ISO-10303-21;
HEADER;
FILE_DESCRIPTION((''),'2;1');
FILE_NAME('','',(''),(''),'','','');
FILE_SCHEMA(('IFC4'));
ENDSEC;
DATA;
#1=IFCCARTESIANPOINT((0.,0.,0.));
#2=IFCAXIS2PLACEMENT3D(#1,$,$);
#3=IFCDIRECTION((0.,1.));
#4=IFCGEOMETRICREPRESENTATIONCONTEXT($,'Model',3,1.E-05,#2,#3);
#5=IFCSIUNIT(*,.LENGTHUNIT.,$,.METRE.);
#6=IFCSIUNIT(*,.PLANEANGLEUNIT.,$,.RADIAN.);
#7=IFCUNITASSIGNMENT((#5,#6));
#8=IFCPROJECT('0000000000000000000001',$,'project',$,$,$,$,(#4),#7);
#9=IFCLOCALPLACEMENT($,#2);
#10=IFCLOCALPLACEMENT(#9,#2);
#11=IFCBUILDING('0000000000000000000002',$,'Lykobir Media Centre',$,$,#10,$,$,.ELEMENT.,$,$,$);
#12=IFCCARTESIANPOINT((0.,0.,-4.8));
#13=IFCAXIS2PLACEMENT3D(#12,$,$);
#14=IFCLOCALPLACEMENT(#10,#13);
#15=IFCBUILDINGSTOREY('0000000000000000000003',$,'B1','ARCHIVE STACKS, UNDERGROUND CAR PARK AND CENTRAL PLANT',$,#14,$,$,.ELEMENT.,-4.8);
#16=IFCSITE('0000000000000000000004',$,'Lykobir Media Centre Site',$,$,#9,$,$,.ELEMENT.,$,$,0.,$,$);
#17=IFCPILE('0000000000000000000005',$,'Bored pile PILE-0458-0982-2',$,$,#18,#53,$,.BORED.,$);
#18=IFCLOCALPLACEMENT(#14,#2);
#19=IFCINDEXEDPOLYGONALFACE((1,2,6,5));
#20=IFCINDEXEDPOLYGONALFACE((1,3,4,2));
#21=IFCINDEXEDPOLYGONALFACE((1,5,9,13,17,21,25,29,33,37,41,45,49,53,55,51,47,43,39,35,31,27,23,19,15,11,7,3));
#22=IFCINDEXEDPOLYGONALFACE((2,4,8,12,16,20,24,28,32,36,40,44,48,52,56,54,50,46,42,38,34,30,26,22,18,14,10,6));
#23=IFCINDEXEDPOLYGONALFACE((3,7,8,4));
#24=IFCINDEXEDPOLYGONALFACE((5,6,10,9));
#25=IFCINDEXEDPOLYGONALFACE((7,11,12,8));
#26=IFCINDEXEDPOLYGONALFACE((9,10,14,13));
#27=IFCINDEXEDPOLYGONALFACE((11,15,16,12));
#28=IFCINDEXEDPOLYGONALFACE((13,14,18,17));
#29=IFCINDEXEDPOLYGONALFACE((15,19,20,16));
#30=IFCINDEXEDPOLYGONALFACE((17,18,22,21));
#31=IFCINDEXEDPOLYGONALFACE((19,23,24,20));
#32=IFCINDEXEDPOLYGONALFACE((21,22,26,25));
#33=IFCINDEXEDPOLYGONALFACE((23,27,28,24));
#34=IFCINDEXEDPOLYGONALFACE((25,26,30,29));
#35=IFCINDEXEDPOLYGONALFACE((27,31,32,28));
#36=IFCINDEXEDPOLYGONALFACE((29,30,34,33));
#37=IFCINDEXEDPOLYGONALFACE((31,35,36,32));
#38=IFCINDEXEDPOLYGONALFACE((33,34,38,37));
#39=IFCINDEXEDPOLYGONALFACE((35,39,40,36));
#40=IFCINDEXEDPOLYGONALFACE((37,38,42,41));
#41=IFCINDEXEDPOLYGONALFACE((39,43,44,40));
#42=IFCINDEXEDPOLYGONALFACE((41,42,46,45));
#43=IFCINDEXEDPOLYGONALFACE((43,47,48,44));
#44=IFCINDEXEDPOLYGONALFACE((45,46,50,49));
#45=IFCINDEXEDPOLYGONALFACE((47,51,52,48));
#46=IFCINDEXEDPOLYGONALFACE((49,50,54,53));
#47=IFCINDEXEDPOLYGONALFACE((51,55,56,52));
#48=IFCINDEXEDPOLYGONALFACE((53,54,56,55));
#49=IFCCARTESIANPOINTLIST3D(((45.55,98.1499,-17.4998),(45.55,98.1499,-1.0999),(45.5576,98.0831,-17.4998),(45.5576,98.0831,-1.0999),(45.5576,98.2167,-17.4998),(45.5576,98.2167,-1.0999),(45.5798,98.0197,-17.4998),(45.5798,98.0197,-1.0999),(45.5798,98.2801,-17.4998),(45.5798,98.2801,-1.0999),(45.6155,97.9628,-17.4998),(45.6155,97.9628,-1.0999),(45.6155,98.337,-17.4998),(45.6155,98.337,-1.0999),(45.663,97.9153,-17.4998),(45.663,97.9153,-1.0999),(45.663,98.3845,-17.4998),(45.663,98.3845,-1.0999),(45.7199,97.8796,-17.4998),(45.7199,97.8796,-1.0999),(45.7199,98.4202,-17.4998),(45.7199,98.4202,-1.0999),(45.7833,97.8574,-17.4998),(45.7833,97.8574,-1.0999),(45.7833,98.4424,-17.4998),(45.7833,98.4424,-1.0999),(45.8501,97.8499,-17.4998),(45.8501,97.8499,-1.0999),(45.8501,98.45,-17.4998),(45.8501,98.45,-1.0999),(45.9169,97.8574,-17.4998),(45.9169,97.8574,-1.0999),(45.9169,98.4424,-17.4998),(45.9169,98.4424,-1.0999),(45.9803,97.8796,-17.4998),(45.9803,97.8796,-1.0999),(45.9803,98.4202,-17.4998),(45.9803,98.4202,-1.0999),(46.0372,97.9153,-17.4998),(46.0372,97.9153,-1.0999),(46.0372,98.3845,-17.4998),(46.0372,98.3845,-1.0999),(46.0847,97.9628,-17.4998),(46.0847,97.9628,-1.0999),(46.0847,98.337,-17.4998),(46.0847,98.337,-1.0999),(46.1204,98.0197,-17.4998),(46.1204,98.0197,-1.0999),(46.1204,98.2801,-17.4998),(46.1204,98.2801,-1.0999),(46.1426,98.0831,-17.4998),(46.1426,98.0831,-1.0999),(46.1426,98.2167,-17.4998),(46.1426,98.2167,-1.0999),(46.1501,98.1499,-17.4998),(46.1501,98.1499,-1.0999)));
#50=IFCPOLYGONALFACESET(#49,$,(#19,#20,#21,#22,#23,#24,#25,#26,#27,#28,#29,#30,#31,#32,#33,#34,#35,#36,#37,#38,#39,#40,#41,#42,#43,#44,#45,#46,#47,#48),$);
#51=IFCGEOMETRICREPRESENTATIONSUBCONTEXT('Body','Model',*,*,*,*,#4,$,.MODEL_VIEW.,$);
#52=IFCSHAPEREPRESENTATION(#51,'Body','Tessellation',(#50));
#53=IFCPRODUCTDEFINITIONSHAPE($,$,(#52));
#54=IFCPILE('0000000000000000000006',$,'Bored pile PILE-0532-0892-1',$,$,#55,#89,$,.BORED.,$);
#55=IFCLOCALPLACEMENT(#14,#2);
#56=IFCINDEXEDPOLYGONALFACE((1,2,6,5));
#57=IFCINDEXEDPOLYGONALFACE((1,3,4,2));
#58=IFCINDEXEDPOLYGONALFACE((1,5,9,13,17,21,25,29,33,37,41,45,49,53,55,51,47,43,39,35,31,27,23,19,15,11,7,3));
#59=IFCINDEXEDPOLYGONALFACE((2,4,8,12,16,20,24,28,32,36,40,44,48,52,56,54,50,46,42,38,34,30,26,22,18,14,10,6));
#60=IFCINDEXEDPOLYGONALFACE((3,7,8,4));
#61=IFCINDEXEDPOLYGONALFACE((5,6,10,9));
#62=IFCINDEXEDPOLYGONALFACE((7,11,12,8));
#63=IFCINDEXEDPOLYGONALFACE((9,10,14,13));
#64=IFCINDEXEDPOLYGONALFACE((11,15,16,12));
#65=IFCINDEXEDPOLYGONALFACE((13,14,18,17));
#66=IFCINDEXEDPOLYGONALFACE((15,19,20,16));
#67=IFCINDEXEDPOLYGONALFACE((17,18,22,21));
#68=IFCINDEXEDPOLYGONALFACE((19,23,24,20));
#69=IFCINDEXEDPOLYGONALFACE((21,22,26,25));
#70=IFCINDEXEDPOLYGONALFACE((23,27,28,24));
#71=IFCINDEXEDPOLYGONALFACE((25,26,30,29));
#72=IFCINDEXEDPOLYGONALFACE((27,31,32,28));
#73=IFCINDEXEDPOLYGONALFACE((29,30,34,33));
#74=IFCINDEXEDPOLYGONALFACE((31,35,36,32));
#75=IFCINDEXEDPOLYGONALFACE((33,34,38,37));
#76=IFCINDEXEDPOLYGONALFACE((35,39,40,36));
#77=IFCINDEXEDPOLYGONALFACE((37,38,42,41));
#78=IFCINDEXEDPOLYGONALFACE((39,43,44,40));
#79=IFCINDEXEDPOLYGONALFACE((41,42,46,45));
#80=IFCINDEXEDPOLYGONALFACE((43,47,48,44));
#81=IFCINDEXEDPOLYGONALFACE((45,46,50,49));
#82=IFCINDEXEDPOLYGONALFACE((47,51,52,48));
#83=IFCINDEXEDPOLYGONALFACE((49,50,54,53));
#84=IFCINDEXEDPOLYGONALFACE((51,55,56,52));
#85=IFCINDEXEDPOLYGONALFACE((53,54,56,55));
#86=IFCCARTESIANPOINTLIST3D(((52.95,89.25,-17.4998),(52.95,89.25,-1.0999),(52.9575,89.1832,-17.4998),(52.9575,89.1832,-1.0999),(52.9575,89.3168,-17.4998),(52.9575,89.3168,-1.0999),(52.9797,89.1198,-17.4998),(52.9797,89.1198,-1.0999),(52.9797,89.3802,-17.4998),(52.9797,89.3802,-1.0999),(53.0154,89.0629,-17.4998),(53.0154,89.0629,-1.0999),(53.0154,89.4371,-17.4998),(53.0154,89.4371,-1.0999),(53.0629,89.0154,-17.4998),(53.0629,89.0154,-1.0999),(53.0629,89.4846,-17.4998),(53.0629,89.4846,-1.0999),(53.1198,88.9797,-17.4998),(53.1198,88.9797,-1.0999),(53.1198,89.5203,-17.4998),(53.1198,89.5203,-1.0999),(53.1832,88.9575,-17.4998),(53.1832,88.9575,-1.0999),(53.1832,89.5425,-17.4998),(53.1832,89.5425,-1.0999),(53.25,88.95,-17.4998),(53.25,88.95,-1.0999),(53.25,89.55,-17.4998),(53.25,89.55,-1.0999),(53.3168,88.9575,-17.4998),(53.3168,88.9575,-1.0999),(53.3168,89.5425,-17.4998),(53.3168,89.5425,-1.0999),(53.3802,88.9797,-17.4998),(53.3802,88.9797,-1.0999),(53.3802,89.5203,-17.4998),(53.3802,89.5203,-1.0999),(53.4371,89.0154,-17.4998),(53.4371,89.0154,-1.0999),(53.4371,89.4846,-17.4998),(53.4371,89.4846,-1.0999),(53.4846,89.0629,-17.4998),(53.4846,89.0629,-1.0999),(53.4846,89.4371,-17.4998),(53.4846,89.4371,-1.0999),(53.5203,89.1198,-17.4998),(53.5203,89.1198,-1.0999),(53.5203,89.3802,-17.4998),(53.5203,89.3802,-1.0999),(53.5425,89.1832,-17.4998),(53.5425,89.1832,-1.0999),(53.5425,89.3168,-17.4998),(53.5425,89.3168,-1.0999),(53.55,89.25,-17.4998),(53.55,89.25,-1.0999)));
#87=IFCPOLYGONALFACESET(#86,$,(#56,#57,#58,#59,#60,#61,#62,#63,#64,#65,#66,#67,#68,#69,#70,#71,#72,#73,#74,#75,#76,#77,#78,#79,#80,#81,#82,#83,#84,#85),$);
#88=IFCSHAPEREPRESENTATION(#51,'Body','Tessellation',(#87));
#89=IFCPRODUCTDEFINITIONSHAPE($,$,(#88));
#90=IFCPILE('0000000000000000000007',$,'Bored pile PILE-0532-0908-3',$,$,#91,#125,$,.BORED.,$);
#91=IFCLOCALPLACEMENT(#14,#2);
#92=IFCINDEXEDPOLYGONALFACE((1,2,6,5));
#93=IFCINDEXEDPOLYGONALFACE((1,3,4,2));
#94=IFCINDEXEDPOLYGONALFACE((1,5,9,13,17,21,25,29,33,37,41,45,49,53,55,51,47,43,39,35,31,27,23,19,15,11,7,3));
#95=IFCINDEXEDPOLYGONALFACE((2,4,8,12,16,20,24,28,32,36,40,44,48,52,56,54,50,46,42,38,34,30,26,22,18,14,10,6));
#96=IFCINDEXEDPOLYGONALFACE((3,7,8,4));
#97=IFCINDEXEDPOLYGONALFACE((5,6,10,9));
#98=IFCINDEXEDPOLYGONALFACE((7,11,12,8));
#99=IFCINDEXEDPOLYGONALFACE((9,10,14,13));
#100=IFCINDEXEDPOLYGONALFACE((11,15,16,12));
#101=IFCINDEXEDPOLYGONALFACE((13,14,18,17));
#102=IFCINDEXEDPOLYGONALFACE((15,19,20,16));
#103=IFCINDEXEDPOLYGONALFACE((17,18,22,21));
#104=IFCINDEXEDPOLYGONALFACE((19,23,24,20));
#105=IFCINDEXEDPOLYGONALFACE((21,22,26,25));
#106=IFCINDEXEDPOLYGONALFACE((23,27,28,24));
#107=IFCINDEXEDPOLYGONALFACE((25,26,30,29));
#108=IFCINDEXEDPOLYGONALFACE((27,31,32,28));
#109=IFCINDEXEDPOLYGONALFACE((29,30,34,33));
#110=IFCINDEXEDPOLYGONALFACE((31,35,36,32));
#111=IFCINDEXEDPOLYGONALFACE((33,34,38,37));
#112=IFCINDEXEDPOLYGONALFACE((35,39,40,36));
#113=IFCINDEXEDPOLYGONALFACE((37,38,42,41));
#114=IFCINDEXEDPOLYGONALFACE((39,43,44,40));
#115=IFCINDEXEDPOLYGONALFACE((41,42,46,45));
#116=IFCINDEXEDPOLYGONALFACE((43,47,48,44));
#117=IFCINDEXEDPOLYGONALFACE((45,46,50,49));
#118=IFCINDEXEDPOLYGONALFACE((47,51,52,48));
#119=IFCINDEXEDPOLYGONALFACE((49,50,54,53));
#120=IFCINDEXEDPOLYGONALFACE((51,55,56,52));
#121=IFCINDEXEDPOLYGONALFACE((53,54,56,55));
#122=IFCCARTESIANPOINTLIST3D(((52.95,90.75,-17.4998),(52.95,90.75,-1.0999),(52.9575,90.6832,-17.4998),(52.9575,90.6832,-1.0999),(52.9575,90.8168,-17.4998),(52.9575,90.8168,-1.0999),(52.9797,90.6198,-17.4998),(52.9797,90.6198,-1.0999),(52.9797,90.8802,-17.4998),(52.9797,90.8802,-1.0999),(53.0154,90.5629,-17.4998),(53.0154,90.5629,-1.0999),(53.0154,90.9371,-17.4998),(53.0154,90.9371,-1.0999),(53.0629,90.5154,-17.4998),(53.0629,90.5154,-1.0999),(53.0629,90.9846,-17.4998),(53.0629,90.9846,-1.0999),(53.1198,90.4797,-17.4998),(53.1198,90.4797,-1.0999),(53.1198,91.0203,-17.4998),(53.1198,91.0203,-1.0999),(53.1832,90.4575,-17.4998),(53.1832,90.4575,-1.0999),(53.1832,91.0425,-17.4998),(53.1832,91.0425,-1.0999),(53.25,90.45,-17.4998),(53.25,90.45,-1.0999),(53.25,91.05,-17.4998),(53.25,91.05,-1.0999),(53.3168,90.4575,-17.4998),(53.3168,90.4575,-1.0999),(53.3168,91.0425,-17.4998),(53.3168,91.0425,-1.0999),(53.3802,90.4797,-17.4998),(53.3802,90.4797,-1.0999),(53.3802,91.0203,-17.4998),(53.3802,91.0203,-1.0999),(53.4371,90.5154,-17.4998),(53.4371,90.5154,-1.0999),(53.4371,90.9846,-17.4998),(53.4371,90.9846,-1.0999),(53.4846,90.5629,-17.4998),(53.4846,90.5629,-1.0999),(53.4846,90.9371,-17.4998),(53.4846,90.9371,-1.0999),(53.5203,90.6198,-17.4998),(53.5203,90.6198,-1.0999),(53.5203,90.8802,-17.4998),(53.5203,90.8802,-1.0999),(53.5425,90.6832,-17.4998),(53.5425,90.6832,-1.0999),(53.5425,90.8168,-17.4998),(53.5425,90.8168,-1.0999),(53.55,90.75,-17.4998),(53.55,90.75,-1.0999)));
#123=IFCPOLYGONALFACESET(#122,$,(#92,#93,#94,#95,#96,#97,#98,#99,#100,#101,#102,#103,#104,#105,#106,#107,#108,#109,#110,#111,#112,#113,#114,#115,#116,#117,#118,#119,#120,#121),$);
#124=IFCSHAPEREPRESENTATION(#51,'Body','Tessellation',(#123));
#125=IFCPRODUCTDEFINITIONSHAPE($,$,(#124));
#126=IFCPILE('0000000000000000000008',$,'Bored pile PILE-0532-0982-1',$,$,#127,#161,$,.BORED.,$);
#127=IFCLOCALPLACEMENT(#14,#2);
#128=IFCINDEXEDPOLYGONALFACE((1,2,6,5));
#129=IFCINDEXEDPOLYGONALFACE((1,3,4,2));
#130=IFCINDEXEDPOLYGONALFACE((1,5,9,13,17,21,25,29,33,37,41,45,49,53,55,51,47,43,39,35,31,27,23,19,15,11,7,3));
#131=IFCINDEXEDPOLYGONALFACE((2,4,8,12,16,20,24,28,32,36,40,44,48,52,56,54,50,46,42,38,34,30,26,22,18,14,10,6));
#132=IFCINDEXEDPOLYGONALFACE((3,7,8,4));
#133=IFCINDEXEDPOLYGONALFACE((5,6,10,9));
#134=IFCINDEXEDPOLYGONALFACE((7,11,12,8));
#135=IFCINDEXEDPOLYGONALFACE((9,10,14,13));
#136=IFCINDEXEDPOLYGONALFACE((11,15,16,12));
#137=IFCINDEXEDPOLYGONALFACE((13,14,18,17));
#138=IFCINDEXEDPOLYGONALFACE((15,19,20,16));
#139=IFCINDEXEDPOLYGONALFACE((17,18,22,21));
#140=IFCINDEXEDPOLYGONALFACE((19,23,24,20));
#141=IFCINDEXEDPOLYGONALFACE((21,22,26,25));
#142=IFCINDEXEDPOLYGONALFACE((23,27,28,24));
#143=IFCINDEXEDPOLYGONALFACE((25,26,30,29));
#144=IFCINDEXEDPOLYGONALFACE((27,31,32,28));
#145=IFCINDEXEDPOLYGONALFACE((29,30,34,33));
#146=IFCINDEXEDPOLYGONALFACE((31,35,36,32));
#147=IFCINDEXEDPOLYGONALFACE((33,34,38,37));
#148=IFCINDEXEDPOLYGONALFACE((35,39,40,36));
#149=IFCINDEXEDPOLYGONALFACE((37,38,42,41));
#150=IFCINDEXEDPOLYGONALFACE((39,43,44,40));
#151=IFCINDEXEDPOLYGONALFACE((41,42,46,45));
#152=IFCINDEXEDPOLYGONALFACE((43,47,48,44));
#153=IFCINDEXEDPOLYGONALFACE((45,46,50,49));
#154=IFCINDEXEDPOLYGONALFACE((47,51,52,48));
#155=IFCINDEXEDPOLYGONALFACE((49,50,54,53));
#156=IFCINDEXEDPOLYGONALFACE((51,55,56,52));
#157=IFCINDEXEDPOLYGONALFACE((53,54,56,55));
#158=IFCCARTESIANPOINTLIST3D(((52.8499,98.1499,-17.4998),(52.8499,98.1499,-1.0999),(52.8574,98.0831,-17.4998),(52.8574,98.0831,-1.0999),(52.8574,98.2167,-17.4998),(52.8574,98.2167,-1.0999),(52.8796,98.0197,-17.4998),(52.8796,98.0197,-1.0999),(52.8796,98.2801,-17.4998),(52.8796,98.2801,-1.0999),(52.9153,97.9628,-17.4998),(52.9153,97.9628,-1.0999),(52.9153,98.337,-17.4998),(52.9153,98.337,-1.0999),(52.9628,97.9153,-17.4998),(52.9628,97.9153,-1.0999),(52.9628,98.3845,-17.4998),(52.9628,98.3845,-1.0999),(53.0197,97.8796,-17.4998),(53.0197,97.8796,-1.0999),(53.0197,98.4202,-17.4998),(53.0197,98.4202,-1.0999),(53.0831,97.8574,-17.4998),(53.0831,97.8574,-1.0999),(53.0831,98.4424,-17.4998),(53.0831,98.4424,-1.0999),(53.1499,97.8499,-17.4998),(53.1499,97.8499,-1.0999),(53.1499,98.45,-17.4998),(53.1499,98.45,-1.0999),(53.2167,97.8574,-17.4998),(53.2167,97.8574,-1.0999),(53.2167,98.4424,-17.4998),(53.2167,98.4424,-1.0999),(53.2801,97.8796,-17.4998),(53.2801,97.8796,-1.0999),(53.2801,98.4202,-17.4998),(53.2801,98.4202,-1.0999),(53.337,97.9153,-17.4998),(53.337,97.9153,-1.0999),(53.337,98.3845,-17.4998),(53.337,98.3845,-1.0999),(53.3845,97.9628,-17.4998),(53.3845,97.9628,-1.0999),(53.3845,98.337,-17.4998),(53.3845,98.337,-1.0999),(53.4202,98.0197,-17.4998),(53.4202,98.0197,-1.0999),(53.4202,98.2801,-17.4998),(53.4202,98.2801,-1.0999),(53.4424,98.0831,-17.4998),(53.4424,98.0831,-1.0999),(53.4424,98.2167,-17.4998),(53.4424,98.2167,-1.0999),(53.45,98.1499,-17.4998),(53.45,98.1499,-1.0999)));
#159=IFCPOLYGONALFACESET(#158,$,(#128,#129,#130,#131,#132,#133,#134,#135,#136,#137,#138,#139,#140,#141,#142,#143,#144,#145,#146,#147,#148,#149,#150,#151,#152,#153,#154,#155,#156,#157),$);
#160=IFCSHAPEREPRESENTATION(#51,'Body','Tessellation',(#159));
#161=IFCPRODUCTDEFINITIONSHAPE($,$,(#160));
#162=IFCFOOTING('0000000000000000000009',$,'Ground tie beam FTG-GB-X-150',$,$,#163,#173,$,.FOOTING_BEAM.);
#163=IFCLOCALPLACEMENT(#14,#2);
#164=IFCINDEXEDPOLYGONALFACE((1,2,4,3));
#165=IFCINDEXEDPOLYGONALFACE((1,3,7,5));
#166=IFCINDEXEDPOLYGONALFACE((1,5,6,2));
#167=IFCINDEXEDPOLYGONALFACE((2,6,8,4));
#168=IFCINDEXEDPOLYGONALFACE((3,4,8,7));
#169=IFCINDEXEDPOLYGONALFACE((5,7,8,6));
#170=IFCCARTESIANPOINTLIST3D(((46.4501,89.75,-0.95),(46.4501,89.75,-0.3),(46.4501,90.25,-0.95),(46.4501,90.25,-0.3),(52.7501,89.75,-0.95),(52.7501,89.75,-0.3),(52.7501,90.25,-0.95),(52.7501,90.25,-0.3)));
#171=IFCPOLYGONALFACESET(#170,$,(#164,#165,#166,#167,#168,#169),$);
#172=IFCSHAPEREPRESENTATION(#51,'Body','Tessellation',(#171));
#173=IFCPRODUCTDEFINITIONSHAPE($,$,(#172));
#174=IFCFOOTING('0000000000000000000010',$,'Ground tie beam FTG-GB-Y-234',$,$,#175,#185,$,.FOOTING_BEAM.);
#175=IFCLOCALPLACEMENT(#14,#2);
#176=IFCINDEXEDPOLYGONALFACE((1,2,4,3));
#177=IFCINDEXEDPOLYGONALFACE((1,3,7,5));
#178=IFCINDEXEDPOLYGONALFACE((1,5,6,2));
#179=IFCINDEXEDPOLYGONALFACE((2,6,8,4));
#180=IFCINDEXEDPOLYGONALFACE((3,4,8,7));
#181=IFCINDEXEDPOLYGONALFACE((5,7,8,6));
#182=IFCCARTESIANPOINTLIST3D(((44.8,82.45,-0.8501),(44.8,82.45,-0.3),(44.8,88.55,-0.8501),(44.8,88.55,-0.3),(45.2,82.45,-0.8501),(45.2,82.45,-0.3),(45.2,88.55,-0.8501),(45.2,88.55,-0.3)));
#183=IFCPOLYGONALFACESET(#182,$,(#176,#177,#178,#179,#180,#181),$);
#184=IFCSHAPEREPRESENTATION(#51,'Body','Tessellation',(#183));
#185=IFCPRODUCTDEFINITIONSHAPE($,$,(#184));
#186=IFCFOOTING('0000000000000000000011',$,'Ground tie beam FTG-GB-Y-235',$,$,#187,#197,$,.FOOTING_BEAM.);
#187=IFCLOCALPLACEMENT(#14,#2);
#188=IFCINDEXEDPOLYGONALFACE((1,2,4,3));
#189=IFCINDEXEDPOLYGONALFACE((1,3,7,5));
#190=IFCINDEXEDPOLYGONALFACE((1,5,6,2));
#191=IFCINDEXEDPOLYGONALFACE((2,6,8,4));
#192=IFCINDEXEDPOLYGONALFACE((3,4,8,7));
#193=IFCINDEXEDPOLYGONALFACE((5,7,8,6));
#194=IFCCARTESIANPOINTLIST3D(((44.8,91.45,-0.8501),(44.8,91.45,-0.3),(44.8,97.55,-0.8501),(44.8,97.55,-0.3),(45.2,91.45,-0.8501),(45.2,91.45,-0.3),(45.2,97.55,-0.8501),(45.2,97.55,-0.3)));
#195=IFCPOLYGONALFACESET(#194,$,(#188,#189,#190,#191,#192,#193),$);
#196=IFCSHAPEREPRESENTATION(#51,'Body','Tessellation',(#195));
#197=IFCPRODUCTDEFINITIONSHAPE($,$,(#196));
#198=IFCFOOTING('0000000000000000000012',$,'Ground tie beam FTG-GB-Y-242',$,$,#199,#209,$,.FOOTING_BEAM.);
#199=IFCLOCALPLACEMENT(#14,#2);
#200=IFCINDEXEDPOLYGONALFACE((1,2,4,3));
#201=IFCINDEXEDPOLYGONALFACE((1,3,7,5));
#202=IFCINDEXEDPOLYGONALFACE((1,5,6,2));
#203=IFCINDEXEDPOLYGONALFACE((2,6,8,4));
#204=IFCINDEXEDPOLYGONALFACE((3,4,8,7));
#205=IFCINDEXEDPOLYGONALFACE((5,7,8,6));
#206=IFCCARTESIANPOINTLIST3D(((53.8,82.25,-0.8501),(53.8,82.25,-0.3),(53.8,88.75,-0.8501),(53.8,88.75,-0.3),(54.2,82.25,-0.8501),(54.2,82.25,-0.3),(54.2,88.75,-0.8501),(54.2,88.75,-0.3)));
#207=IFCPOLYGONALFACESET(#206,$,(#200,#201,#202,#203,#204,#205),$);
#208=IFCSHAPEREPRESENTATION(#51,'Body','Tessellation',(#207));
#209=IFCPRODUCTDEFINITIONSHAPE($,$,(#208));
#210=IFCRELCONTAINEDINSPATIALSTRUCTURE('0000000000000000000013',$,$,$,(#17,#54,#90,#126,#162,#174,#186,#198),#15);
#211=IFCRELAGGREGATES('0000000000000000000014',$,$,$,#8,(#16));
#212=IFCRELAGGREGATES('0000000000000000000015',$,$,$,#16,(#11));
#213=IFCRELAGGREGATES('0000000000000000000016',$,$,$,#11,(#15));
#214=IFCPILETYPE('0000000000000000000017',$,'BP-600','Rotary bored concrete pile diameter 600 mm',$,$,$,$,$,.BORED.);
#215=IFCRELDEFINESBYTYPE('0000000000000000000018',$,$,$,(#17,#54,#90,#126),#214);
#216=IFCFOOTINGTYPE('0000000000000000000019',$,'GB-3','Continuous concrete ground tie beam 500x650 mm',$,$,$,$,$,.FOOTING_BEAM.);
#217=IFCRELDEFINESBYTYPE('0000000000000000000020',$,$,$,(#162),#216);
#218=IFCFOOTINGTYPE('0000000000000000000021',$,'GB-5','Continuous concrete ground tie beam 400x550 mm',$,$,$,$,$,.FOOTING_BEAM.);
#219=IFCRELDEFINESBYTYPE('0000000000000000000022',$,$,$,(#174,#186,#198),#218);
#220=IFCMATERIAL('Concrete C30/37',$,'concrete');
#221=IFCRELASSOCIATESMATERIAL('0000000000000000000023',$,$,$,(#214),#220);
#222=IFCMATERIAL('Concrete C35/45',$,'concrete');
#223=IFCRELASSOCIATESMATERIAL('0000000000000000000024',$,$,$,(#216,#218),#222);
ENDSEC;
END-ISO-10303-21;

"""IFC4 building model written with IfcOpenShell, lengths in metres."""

from ifc_helpers import new_model, si_unit, direction, frame, origin, origin_2d, place, context, subcontext, project, spatial, rectangle, circle, extrude, material, material_profile, profile_set, type_object, element, save


model = new_model("IFC4")

# Units and contexts
model_context = context("Model", 3, precision=1e-05, world=origin(), true_north=direction((0.0, 1.0)))
body_context = subcontext(model_context, "Body", "Model", "MODEL_VIEW")
ifc_project = project(units=[si_unit("LENGTHUNIT", "METRE"), si_unit("PLANEANGLEUNIT", "RADIAN")], contexts=[model_context])

# Site, building, storey
site_placement = place(None, origin())
site = spatial("IfcSite", under=ifc_project, at=site_placement, Name="Lykobir Media Centre Site", CompositionType="ELEMENT", RefElevation=0.0)
building_placement = place(site_placement, origin())
building = spatial("IfcBuilding", under=site, at=building_placement, Name="Lykobir Media Centre", CompositionType="ELEMENT")
storey_placement = place(building_placement, frame((0.0, 0.0, -4.8)))
storey = spatial("IfcBuildingStorey", under=building, at=storey_placement, Name="B1", Description="ARCHIVE STACKS, UNDERGROUND CAR PARK AND CENTRAL PLANT", CompositionType="ELEMENT", Elevation=-4.8)

# Piles
ifc_material_1 = material(Name="Concrete C30/37", Category="concrete")
ifc_material_profile_1 = material_profile(ifc_material_1, circle(Radius=0.3, at=origin_2d()), Name="BORED PILE D600")
ifc_profile_set_1 = profile_set([ifc_material_profile_1], Name="Concrete C30/37")
pile_type = type_object("IfcPileType", Name="BP-600", Description="Rotary bored concrete pile diameter 600 mm", PredefinedType="BORED", material=ifc_profile_set_1)
for number, where, z_axis, x_axis, name in (
    (1, (45.8501, 98.1499, -1.0999), (0.0, 0.0, -1.0), (1.0, 0.0, 0.0), "Bored pile PILE-0458-0982-2"),
    (2, (53.25, 89.25, -1.0999), (0.0, 0.0, -1.0), (1.0, 0.0, 0.0), "Bored pile PILE-0532-0892-1"),
    (3, (53.25, 90.75, -1.0999), (0.0, 0.0, -1.0), (1.0, 0.0, 0.0), "Bored pile PILE-0532-0908-3"),
    (4, (53.1499, 98.1499, -1.0999), (0.0, 0.0, -1.0), (1.0, 0.0, 0.0), "Bored pile PILE-0532-0982-1"),
):
    element("IfcPile", number, at=place(storey_placement, frame(where, z_axis=z_axis, x_axis=x_axis)), inside=storey, type_object=pile_type, Name=name, PredefinedType="BORED", context=body_context, shape_type="SweptSolid", body=[
        extrude(circle(Radius=0.3, at=origin_2d()), origin(), (0.0, 0.0, 1.0), 16.3999),
    ])

# Footings
ifc_material_2 = material(Name="Concrete C35/45", Category="concrete")
footing_type_1 = type_object("IfcFootingType", Name="GB-3", Description="Continuous concrete ground tie beam 500x650 mm", PredefinedType="FOOTING_BEAM", material=ifc_material_2)
footing_1_placement = place(storey_placement, frame((49.6001, 90.0, -0.95), z_axis=(0.0, 0.0, 1.0), x_axis=(1.0, 0.0, 0.0)))
element("IfcFooting", 5, at=footing_1_placement, inside=storey, type_object=footing_type_1, Name="Ground tie beam FTG-GB-X-150", PredefinedType="FOOTING_BEAM", context=body_context, shape_type="SweptSolid", body=[
    extrude(rectangle(XDim=6.3, YDim=0.5, at=origin_2d()), origin(), (0.0, 0.0, 1.0), 0.6499),
])
footing_type_2 = type_object("IfcFootingType", Name="GB-5", Description="Continuous concrete ground tie beam 400x550 mm", PredefinedType="FOOTING_BEAM", material=ifc_material_2)
for number, where, z_axis, x_axis, name in (
    (6, (45.0, 85.5, -0.8501), (0.0, 0.0, 1.0), (0.0, 1.0, 0.0), "Ground tie beam FTG-GB-Y-234"),
    (7, (45.0, 94.5, -0.8501), (0.0, 0.0, 1.0), (0.0, 1.0, 0.0), "Ground tie beam FTG-GB-Y-235"),
):
    element("IfcFooting", number, at=place(storey_placement, frame(where, z_axis=z_axis, x_axis=x_axis)), inside=storey, type_object=footing_type_2, Name=name, PredefinedType="FOOTING_BEAM", context=body_context, shape_type="SweptSolid", body=[
        extrude(rectangle(XDim=6.1001, YDim=0.3999, at=origin_2d()), origin(), (0.0, 0.0, 1.0), 0.55),
    ])
footing_2_placement = place(storey_placement, frame((54.0, 85.5, -0.8501), z_axis=(0.0, 0.0, 1.0), x_axis=(0.0, 1.0, 0.0)))
element("IfcFooting", 8, at=footing_2_placement, inside=storey, type_object=footing_type_2, Name="Ground tie beam FTG-GB-Y-242", PredefinedType="FOOTING_BEAM", context=body_context, shape_type="SweptSolid", body=[
    extrude(rectangle(XDim=6.5, YDim=0.3999, at=origin_2d()), origin(), (0.0, 0.0, 1.0), 0.55),
])

save(model, "model.ifc")
